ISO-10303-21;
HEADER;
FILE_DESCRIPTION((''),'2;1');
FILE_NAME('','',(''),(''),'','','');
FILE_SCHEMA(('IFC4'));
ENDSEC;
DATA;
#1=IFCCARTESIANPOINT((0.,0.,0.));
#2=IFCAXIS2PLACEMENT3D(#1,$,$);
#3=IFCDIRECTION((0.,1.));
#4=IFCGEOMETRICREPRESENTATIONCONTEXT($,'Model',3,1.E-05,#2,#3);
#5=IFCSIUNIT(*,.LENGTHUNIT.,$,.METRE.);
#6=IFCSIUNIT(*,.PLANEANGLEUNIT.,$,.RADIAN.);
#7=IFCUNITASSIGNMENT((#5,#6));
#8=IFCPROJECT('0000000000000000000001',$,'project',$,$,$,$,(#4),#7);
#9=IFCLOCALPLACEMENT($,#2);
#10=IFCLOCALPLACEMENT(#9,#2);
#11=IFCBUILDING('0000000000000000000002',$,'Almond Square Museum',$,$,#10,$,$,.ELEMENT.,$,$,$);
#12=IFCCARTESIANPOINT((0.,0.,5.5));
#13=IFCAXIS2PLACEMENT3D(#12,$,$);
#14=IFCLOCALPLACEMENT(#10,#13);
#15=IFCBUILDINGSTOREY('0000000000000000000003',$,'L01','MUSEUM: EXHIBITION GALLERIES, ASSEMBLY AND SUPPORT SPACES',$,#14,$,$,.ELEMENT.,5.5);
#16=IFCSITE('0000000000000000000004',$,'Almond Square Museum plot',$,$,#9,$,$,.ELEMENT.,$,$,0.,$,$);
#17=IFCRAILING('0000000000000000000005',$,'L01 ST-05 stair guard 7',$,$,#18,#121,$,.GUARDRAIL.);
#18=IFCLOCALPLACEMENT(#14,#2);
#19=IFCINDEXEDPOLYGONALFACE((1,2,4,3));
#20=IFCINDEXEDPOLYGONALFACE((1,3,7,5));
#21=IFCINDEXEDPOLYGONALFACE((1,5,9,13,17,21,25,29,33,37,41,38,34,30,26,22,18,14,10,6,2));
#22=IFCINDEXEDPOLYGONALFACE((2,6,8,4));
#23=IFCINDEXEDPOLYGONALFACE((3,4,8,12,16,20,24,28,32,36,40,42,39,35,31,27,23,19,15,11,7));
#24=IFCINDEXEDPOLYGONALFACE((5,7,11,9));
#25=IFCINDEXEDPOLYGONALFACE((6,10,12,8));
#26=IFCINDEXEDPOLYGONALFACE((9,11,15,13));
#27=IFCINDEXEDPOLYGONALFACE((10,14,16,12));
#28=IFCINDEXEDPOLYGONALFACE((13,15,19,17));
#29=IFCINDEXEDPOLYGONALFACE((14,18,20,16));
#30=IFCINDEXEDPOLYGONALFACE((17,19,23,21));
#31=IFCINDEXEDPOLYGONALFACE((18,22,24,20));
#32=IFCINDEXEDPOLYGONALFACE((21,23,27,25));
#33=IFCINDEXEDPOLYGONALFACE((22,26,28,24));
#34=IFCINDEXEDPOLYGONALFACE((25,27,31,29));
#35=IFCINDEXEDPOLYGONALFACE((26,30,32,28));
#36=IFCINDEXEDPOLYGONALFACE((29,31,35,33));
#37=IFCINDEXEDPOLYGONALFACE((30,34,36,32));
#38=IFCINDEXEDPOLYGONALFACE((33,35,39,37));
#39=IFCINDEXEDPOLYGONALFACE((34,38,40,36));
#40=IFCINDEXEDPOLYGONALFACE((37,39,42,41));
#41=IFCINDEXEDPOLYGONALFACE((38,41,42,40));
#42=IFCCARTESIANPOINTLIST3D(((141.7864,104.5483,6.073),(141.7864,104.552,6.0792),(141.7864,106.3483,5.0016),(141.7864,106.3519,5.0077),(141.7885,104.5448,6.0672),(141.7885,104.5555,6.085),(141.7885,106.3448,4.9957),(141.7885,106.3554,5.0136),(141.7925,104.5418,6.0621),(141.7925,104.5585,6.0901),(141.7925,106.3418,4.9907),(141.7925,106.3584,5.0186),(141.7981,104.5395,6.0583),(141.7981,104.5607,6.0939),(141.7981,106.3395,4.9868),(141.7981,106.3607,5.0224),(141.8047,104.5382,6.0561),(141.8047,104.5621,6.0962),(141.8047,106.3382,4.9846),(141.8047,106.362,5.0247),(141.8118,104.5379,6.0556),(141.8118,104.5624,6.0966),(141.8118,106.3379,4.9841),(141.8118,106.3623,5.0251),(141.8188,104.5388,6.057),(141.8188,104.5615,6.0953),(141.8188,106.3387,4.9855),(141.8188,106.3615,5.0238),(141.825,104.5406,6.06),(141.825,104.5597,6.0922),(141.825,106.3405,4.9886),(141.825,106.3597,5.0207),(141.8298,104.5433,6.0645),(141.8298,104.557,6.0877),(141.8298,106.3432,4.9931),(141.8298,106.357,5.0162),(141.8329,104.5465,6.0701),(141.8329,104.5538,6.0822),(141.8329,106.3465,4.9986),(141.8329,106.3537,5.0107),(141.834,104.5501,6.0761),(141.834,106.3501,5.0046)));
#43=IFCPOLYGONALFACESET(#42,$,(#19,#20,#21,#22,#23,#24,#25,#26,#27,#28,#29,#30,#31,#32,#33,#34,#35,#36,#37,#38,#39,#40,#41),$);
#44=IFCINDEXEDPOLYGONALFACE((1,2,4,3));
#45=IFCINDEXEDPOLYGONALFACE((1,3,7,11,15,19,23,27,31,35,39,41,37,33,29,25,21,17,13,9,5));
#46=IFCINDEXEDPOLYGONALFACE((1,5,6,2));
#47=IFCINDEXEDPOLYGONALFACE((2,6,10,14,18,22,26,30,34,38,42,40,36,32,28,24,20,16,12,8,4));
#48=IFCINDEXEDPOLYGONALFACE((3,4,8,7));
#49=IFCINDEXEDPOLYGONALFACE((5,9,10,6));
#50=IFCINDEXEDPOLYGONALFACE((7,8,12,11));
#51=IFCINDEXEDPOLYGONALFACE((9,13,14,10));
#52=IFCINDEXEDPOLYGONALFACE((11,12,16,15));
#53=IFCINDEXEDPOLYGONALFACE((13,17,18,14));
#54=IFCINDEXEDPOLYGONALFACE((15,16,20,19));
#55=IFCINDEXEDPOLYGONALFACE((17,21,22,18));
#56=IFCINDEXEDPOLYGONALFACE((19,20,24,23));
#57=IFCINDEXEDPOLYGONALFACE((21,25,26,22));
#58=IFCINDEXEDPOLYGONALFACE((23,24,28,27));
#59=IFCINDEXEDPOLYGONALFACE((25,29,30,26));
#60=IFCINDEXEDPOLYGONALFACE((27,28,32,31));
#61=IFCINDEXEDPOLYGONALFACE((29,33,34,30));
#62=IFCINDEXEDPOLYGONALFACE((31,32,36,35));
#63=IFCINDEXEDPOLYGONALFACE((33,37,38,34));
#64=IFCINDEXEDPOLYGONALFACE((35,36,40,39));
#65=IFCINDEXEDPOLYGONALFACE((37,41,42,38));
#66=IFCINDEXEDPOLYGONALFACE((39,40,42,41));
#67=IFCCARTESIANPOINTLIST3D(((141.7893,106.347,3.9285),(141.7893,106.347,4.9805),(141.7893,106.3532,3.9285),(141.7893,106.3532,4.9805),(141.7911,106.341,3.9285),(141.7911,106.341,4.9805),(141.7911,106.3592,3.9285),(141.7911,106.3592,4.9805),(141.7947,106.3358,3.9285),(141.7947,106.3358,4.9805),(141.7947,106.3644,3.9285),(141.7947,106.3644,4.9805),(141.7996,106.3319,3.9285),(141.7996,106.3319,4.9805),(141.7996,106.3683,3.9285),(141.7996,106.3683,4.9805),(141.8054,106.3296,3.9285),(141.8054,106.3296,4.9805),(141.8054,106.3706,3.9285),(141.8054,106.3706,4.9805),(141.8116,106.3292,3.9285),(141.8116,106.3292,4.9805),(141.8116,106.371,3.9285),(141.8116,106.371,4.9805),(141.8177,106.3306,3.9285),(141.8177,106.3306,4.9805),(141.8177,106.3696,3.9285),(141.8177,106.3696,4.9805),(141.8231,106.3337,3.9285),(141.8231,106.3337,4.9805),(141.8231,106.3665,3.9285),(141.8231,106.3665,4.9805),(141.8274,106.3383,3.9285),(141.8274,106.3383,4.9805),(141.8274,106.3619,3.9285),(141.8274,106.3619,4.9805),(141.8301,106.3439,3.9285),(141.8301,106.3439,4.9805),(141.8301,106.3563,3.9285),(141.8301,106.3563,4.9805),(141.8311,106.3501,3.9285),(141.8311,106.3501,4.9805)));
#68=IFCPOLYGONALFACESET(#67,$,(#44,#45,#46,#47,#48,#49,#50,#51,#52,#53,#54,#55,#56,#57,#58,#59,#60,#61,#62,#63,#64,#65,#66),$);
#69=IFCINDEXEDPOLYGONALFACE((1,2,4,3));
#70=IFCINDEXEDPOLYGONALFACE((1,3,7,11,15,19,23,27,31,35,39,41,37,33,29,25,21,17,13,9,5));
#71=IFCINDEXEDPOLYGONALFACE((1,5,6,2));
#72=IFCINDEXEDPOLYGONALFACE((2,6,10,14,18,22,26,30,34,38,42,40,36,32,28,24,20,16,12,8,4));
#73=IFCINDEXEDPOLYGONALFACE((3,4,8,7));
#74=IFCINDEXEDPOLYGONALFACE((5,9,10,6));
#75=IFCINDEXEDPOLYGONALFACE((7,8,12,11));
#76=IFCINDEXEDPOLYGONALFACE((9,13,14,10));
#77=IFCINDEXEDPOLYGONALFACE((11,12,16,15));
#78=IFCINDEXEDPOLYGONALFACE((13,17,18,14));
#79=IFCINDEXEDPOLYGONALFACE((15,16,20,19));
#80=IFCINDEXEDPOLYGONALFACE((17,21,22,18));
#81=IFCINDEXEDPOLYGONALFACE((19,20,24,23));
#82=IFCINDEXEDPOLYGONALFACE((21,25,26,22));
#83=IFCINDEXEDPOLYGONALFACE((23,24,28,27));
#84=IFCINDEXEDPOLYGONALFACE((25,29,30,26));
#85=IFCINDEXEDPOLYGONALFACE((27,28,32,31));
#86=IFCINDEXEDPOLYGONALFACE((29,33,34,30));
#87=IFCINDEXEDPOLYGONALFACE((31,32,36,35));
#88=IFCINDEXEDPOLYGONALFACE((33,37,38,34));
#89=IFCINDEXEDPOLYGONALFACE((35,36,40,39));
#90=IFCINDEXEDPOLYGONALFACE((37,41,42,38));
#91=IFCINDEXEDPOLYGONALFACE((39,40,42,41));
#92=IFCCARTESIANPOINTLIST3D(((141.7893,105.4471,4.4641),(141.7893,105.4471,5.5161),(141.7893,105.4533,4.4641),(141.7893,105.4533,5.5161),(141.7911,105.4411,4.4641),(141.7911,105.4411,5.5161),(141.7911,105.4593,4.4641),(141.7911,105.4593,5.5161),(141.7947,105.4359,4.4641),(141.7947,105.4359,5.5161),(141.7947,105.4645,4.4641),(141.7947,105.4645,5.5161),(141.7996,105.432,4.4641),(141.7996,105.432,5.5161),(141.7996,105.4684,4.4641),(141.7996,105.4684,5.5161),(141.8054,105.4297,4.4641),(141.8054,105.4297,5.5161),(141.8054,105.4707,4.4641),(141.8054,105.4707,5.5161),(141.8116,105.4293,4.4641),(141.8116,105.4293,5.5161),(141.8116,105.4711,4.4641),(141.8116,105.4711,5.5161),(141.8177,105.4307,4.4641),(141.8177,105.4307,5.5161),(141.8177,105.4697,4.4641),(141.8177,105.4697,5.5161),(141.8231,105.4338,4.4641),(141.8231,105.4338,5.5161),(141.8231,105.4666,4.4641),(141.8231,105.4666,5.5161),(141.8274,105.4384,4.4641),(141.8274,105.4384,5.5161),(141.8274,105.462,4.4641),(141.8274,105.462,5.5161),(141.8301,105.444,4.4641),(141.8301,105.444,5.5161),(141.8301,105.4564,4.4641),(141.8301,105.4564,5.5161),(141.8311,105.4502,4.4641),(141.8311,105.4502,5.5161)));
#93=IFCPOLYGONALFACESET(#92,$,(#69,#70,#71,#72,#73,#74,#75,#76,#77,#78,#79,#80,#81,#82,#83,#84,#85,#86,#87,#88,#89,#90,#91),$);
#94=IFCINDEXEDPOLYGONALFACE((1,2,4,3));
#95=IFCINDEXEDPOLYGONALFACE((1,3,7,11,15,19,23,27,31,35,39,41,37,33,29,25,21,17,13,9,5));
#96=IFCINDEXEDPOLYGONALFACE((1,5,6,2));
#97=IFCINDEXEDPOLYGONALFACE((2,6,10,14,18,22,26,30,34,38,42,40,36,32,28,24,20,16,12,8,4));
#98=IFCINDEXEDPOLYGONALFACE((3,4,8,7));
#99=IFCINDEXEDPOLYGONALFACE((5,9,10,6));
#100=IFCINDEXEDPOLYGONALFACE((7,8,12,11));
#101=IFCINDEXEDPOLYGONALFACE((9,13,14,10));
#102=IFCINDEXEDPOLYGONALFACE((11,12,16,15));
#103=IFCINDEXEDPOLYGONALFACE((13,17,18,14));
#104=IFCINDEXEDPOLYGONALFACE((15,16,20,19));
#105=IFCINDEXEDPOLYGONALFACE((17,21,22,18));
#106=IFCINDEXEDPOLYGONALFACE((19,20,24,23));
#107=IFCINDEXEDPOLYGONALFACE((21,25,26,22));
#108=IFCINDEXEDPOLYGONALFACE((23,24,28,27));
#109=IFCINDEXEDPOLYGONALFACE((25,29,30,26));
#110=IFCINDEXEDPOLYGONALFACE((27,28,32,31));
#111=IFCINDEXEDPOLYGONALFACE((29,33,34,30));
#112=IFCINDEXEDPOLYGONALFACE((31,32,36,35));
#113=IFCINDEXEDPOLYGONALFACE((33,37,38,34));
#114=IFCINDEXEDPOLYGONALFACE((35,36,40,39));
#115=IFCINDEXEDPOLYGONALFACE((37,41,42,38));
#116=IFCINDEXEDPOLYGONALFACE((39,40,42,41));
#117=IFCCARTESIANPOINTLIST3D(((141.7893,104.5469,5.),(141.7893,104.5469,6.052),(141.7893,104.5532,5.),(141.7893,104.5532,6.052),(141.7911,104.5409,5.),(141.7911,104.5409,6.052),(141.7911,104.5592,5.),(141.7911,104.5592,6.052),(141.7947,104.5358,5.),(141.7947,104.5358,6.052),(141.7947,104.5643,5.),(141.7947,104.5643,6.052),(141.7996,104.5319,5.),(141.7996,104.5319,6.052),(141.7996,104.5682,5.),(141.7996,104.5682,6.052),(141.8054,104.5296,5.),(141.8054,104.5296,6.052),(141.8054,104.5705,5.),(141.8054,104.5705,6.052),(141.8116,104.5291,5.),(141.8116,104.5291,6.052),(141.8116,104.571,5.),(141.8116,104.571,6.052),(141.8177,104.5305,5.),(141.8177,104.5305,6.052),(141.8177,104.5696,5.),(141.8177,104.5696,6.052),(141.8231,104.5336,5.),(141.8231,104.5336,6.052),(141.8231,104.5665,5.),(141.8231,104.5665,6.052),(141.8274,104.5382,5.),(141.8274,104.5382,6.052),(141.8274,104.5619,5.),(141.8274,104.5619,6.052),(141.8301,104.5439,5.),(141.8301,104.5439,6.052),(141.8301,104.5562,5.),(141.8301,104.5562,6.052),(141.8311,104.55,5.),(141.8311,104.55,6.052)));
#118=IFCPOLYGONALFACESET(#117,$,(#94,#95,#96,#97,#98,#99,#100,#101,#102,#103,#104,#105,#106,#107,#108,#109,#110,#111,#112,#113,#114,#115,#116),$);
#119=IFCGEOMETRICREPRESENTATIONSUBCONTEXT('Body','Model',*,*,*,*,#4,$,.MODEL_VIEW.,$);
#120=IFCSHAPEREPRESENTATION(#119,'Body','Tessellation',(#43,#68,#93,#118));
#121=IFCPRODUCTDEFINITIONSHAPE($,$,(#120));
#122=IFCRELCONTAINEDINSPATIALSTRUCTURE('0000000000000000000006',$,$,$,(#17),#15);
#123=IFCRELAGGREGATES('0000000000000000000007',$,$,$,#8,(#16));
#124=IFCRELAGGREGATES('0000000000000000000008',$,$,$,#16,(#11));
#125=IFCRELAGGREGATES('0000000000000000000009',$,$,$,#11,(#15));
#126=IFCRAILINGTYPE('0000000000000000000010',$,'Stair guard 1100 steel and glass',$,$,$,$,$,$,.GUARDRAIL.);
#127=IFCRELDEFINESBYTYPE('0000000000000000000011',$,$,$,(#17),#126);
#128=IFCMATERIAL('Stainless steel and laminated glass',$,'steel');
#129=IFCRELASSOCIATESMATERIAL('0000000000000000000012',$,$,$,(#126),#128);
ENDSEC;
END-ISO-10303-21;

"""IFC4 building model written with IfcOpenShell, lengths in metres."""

from ifc_helpers import new_model, si_unit, direction, frame, origin, origin_2d, place, context, subcontext, project, spatial, circle, extrude, material, type_object, element, save


model = new_model("IFC4")

# Units and contexts
model_context = context("Model", 3, precision=1e-05, world=origin(), true_north=direction((0.0, 1.0)))
body_context = subcontext(model_context, "Body", "Model", "MODEL_VIEW")
ifc_project = project(units=[si_unit("LENGTHUNIT", "METRE"), si_unit("PLANEANGLEUNIT", "RADIAN")], contexts=[model_context])

# Site, building, storey
site_placement = place(None, origin())
site = spatial("IfcSite", under=ifc_project, at=site_placement, Name="Almond Square Museum plot", CompositionType="ELEMENT", RefElevation=0.0)
building_placement = place(site_placement, origin())
building = spatial("IfcBuilding", under=site, at=building_placement, Name="Almond Square Museum", CompositionType="ELEMENT")
storey_placement = place(building_placement, frame((0.0, 0.0, 5.5)))
storey = spatial("IfcBuildingStorey", under=building, at=storey_placement, Name="L01", Description="MUSEUM: EXHIBITION GALLERIES, ASSEMBLY AND SUPPORT SPACES", CompositionType="ELEMENT", Elevation=5.5)

# Railing
ifc_material_1 = material(Name="Stainless steel and laminated glass", Category="steel")
railing_type_1 = type_object("IfcRailingType", Name="Stair guard 1100 steel and glass", PredefinedType="GUARDRAIL", material=ifc_material_1)
railing_1_placement = place(storey_placement, frame((141.8101, 106.3501, 3.9285)))
element("IfcRailing", 1, at=railing_1_placement, inside=storey, type_object=railing_type_1, Name="L01 ST-05 stair guard 7", PredefinedType="GUARDRAIL", context=body_context, shape_type="SweptSolid", body=[
    extrude(circle(Radius=0.0239, at=origin_2d()), frame((0.0, 0.0, 1.0762), z_axis=(0.0, -0.859277, 0.51151), x_axis=(1.0, 0.0, 0.0)), (0.0, 0.0, 1.0), 2.0947),
    extrude(circle(Radius=0.021, at=origin_2d()), origin(), (0.0, 0.0, 1.0), 1.052),
    extrude(circle(Radius=0.021, at=origin_2d()), frame((0.0, -0.8999, 0.5356)), (0.0, 0.0, 1.0), 1.052),
    extrude(circle(Radius=0.021, at=origin_2d()), frame((0.0, -1.8, 1.0715)), (0.0, 0.0, 1.0), 1.052),
])

save(model, "model.ifc")
